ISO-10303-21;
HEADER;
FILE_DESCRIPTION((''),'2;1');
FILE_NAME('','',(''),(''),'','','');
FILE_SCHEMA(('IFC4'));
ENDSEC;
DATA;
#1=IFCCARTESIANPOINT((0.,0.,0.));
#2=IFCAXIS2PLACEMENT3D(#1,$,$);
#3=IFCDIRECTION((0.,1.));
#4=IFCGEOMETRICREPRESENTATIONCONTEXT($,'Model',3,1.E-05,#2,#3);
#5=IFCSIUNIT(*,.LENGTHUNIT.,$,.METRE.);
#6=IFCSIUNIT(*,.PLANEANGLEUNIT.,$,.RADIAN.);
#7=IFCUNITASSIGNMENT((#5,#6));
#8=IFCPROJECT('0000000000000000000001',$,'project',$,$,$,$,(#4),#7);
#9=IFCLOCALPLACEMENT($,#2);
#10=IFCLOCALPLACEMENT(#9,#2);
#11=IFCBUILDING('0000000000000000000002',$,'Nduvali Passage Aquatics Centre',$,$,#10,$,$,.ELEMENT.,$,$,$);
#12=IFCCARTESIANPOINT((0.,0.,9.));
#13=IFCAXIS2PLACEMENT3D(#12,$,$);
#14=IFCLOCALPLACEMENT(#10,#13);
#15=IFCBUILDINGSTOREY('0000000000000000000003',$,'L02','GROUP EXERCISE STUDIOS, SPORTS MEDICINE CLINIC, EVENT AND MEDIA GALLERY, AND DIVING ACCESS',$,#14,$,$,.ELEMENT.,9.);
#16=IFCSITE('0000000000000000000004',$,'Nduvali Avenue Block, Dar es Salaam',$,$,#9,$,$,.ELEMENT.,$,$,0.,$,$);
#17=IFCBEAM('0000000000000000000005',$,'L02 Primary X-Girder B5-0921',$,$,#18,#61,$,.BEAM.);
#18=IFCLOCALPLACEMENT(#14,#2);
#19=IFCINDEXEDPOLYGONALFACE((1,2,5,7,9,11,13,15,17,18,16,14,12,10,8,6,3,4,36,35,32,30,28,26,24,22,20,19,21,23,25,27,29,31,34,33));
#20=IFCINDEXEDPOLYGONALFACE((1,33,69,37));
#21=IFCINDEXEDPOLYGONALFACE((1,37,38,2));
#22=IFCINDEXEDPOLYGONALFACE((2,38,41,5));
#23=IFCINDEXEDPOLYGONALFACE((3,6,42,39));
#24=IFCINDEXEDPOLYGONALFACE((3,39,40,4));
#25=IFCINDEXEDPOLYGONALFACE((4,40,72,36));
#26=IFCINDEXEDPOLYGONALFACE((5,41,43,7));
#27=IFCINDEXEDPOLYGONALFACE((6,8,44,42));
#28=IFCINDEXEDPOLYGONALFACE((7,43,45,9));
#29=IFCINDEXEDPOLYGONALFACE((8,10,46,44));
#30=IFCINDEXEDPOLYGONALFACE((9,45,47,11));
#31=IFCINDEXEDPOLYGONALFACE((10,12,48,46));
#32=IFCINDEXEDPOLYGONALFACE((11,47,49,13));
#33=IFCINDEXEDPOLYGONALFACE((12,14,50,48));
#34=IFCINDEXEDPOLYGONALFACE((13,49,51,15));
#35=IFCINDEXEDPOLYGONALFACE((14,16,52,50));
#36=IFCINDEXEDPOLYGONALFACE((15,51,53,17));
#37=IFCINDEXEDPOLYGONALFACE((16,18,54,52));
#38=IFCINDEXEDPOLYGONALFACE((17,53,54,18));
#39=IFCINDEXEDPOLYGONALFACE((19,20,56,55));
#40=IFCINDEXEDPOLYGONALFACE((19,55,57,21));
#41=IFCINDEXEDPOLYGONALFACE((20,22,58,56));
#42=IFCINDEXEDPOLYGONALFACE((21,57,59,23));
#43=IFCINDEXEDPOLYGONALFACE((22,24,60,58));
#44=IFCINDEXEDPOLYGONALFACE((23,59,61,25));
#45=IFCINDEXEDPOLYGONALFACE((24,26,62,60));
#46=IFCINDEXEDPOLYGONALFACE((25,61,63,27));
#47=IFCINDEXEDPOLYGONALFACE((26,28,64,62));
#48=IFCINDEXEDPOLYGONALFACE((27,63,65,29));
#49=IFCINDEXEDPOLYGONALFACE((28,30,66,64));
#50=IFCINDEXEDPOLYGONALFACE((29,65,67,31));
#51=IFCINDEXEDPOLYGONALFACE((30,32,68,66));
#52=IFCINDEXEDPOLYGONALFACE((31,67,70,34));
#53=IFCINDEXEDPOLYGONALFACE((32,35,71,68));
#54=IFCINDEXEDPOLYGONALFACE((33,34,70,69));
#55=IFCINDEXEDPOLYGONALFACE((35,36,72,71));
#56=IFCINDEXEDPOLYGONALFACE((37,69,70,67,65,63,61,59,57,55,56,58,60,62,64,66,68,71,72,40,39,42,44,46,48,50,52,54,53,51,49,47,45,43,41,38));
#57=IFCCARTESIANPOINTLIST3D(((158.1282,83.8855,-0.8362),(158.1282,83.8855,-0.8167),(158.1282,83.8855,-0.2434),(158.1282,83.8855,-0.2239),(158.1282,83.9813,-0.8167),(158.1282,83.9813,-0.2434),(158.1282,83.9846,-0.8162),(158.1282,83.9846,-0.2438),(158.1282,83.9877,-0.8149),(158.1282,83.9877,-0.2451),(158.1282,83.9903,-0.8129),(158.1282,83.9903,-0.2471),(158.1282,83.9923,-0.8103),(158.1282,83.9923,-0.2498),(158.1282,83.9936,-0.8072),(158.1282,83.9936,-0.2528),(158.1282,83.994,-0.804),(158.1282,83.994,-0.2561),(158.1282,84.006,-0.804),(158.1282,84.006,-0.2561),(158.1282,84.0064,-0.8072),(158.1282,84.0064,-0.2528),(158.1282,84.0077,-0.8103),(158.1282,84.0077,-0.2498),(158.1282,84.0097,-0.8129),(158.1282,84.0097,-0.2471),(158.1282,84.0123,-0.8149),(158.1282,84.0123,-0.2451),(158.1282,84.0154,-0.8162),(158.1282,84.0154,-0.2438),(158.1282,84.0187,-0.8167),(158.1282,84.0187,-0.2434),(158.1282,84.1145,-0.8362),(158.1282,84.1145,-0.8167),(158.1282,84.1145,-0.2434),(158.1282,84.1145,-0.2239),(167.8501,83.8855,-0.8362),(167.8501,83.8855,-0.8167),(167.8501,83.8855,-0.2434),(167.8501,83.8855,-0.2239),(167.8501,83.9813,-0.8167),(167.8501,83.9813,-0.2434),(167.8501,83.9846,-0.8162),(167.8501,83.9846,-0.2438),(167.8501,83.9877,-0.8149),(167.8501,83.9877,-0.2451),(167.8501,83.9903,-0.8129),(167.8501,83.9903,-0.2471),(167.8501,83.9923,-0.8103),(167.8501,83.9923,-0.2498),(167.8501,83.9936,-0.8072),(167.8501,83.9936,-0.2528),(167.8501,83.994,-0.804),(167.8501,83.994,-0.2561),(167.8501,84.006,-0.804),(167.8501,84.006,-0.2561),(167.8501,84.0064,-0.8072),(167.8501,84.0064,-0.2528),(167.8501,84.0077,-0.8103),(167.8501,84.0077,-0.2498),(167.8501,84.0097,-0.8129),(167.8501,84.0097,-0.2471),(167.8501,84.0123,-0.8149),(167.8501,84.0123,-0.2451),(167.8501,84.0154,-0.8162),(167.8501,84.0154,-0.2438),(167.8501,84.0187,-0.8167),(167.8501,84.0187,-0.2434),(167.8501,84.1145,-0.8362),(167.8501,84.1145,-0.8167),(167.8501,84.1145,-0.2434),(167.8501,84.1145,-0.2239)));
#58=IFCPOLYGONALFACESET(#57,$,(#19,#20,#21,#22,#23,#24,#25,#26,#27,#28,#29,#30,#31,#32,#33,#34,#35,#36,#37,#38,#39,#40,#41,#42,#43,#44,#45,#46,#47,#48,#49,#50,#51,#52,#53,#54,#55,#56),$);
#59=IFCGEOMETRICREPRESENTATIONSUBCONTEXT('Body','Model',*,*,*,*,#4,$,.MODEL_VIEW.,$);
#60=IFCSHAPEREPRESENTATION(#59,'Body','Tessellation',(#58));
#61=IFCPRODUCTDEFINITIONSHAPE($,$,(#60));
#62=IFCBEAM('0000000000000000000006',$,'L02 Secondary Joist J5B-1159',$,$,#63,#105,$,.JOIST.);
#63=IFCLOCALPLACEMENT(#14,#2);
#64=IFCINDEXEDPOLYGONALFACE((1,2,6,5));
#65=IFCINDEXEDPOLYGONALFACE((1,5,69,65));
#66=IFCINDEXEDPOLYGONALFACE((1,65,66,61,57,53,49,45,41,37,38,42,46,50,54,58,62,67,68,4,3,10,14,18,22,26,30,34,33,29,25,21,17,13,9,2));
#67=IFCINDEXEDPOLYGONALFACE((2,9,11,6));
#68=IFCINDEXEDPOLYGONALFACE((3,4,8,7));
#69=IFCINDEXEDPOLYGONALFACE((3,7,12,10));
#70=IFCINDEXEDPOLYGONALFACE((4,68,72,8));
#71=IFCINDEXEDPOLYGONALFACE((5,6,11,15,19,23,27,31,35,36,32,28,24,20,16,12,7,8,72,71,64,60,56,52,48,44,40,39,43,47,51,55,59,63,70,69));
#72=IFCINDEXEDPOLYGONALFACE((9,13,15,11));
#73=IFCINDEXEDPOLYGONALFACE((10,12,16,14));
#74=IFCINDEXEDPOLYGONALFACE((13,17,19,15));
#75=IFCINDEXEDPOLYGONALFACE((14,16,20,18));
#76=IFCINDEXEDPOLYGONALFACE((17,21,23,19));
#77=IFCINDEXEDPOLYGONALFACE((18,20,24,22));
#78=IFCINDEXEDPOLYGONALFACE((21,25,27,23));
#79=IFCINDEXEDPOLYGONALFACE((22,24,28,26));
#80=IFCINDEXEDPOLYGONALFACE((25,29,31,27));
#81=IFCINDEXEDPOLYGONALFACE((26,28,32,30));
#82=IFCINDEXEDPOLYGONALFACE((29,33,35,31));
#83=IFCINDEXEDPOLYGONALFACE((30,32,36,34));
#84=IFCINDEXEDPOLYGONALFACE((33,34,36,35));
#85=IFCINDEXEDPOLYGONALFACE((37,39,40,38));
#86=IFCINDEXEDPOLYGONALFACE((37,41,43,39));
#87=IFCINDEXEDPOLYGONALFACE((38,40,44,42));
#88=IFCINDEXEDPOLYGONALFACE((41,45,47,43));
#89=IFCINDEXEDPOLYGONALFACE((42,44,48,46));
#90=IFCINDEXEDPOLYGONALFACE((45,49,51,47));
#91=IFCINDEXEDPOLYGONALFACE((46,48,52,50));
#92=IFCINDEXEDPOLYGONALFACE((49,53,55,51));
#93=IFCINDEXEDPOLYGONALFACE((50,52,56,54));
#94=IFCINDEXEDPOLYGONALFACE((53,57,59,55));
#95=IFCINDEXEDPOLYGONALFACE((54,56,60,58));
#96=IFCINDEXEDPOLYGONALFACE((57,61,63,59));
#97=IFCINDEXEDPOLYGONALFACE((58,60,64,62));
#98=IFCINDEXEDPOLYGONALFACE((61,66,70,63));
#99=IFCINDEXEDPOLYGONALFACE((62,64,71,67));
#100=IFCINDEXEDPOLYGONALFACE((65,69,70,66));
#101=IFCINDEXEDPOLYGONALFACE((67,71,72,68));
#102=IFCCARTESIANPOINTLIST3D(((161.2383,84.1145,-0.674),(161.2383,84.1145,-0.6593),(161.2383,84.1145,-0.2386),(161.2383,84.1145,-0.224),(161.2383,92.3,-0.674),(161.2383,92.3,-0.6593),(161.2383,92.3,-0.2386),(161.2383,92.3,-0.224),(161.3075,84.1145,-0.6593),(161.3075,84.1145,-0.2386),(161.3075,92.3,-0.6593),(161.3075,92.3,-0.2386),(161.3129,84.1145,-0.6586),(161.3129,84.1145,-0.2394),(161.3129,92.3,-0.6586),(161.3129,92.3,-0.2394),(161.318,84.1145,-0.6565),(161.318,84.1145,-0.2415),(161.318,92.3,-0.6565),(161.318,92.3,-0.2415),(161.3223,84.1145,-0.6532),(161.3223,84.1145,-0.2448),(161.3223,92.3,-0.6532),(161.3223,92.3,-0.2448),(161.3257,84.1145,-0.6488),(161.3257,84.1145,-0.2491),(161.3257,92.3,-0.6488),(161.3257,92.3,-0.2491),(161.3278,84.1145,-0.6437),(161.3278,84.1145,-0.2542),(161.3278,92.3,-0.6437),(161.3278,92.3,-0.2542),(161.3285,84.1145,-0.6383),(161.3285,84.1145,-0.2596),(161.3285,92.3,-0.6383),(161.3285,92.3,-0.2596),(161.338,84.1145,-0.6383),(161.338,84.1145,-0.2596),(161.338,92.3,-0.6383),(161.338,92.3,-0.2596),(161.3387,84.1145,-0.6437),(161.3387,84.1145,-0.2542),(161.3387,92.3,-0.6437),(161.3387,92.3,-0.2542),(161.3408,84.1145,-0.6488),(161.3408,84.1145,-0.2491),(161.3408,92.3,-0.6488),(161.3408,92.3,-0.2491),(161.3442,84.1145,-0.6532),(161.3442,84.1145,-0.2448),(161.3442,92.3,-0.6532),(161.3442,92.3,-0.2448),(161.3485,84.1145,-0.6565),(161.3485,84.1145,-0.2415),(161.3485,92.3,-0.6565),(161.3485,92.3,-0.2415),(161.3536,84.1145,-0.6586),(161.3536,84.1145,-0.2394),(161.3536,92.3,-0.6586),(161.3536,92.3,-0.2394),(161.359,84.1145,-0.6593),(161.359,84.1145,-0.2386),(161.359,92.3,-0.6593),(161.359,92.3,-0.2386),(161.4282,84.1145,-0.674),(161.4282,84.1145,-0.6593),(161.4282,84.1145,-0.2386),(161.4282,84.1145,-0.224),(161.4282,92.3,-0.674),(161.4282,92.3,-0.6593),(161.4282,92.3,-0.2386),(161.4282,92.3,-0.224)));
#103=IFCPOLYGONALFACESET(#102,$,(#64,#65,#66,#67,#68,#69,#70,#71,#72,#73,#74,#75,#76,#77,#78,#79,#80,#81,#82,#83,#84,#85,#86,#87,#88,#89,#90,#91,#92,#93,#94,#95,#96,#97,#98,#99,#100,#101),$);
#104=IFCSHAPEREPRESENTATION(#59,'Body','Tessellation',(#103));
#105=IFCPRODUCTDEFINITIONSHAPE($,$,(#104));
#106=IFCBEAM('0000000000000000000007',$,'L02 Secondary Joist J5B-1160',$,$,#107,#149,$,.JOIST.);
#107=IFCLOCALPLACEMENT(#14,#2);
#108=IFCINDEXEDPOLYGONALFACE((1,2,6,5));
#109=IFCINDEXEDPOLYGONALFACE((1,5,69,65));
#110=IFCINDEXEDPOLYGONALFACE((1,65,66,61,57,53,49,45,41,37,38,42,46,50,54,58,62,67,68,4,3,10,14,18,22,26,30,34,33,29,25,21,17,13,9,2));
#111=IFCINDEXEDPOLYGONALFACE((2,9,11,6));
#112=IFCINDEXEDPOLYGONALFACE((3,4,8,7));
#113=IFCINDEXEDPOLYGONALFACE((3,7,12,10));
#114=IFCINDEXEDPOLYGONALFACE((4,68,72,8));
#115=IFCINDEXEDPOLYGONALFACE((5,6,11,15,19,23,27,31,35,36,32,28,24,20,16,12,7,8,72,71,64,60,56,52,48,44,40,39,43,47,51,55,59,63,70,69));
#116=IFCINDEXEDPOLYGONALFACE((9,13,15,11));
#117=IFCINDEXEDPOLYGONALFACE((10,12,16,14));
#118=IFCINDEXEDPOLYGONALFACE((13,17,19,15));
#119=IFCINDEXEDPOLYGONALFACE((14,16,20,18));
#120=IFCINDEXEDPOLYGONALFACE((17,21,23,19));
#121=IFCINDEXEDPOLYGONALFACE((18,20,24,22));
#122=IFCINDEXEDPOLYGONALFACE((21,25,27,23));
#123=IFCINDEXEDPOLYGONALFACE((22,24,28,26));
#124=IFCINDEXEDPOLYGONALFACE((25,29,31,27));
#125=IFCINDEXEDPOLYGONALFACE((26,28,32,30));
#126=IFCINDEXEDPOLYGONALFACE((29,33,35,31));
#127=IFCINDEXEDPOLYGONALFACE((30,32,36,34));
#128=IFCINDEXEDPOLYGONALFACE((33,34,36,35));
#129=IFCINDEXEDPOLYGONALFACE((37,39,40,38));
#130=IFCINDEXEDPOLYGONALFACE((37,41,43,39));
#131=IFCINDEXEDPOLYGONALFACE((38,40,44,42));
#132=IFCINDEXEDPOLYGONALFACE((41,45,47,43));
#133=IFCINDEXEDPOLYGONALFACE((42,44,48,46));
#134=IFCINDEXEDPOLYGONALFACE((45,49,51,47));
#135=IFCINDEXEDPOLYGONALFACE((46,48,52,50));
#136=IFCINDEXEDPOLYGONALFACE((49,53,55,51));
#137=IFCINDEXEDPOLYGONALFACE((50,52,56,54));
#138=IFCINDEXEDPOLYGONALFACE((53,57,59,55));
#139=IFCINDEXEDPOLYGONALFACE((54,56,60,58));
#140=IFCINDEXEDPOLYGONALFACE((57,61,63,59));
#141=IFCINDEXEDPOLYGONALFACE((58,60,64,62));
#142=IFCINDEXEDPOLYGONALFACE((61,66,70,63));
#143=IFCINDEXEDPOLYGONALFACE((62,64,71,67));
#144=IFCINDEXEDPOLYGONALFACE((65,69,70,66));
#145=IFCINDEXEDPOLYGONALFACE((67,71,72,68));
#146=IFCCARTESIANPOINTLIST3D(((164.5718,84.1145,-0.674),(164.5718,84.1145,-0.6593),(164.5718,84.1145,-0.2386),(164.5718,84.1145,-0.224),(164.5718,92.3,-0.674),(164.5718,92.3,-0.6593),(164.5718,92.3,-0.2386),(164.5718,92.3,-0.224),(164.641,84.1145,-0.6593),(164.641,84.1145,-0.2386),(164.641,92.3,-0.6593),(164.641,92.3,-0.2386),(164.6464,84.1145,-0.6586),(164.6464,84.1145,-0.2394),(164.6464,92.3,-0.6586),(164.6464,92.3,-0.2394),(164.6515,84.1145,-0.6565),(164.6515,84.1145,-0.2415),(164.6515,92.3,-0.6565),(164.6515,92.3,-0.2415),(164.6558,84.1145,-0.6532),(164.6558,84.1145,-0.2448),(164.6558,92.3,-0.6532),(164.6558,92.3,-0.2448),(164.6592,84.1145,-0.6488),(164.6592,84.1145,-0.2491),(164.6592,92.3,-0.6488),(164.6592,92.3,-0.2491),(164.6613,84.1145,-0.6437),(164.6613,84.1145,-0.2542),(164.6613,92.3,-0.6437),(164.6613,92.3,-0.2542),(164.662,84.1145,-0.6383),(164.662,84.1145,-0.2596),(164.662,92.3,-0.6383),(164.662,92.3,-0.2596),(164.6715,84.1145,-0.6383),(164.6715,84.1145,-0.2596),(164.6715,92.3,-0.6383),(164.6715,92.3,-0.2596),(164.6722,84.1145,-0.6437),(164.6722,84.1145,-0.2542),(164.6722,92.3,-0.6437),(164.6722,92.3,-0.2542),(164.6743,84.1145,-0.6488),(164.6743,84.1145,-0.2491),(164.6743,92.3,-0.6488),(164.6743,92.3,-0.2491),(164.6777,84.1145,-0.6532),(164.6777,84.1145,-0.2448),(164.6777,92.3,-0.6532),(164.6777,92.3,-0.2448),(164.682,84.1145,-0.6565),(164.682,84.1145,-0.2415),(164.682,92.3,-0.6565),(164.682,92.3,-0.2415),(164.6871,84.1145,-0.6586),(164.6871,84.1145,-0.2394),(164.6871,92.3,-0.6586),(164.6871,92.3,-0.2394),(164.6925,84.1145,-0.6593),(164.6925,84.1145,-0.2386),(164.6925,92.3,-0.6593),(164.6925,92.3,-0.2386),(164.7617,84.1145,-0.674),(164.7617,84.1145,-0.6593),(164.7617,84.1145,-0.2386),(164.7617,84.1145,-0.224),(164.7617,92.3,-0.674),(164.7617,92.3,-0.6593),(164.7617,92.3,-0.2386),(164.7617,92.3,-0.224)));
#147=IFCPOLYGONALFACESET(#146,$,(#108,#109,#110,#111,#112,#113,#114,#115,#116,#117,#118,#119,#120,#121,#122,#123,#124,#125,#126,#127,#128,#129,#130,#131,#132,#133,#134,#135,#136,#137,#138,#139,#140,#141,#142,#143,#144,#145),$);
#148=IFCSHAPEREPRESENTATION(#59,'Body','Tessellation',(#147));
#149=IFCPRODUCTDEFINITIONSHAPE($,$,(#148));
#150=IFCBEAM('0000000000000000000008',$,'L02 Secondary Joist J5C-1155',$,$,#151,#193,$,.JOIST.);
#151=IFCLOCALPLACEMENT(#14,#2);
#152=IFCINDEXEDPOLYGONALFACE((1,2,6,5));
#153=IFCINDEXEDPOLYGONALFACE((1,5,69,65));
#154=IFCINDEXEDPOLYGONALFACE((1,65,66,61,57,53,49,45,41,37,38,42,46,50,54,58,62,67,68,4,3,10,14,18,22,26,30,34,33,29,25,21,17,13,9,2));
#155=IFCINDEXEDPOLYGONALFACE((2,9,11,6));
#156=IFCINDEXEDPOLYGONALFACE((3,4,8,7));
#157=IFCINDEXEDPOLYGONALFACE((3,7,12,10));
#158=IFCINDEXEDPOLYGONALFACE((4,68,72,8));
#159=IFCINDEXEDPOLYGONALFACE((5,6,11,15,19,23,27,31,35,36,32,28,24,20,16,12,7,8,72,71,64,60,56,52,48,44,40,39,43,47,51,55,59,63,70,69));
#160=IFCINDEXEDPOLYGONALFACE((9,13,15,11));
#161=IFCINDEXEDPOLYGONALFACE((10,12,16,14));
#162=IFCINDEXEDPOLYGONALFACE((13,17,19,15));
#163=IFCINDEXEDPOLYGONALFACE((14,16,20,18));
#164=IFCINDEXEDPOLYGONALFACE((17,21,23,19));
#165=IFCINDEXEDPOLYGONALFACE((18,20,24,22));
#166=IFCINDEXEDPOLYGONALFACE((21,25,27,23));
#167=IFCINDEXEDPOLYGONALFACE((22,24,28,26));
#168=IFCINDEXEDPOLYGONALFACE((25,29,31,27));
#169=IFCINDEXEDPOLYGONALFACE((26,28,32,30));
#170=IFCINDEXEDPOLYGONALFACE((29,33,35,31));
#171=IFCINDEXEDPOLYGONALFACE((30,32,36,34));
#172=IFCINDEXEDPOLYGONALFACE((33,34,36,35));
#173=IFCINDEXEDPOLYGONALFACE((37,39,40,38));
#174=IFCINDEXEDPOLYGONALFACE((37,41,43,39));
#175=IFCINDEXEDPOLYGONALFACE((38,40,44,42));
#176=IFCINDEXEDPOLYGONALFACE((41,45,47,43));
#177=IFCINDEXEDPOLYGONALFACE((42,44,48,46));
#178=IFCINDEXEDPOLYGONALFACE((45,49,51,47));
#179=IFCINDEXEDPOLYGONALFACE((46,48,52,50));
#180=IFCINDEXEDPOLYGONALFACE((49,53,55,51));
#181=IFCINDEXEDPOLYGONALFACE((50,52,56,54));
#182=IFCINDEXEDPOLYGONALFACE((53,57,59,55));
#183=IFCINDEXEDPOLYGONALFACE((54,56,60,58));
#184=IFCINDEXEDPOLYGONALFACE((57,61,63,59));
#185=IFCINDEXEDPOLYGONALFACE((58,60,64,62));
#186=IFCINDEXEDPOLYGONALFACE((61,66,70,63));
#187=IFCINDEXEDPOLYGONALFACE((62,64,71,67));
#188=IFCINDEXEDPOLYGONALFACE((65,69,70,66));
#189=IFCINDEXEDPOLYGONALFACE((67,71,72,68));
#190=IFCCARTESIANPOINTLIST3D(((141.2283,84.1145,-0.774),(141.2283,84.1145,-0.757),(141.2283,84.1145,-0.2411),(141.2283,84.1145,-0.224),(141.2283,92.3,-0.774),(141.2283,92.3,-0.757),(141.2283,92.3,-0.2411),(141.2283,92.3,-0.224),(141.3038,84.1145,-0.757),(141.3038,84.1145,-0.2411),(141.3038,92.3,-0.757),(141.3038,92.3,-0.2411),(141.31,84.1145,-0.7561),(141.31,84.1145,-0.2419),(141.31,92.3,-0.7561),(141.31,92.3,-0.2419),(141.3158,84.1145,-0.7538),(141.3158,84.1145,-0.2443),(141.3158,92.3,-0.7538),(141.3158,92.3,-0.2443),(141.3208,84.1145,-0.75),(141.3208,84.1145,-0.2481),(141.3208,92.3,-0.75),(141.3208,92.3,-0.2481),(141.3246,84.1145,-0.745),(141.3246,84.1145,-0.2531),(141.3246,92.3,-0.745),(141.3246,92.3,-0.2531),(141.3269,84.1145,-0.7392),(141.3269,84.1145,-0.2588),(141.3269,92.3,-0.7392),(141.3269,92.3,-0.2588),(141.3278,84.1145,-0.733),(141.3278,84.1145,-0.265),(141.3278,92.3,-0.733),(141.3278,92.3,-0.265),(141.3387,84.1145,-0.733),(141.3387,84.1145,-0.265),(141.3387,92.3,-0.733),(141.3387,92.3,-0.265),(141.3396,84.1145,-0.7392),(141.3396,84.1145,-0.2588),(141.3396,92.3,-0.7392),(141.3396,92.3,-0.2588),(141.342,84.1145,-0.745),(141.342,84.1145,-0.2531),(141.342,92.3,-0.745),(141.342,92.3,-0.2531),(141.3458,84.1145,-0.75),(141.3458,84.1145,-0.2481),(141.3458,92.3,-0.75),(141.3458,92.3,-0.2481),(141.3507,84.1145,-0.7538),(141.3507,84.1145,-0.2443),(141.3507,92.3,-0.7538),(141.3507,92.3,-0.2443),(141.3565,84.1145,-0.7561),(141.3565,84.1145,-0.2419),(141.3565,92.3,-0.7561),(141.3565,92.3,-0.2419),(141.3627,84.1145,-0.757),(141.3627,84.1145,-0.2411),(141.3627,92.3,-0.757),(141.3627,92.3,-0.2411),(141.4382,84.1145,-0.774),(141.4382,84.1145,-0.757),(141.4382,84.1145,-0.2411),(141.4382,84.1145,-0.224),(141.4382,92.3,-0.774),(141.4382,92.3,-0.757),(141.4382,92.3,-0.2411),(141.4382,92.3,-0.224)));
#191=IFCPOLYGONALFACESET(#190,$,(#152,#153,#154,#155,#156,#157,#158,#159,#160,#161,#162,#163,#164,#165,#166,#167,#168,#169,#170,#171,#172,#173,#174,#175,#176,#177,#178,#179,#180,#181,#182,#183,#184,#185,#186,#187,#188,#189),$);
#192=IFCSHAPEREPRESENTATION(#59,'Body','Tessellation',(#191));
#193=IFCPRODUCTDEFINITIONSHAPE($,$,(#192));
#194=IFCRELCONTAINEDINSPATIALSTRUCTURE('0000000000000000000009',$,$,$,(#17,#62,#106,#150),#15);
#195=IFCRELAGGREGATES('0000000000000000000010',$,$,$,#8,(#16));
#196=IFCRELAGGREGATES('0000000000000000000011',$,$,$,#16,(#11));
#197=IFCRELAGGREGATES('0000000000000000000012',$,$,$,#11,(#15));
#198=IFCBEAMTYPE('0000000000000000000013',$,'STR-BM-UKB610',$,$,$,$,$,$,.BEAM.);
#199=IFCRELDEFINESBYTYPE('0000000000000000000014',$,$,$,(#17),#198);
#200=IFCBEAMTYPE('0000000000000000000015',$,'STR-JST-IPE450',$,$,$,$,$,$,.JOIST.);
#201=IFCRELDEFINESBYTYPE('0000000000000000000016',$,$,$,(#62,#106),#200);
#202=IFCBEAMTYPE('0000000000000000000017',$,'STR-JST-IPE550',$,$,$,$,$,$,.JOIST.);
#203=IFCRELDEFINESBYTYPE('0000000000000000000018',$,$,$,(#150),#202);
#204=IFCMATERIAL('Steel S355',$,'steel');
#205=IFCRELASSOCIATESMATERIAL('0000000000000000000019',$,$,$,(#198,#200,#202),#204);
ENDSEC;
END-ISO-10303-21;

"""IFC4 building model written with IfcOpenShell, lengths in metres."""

from ifc_helpers import new_model, si_unit, direction, frame, origin, origin_2d, place, context, subcontext, project, spatial, i_section, extrude, material, material_profile, profile_set, type_object, element, save


model = new_model("IFC4")

# Units and contexts
model_context = context("Model", 3, precision=1e-05, world=origin(), true_north=direction((0.0, 1.0)))
body_context = subcontext(model_context, "Body", "Model", "MODEL_VIEW")
ifc_project = project(units=[si_unit("LENGTHUNIT", "METRE"), si_unit("PLANEANGLEUNIT", "RADIAN")], contexts=[model_context])

# Site, building, storey
site_placement = place(None, origin())
site = spatial("IfcSite", under=ifc_project, at=site_placement, Name="Nduvali Avenue Block, Dar es Salaam", CompositionType="ELEMENT", RefElevation=0.0)
building_placement = place(site_placement, origin())
building = spatial("IfcBuilding", under=site, at=building_placement, Name="Nduvali Passage Aquatics Centre", CompositionType="ELEMENT")
storey_placement = place(building_placement, frame((0.0, 0.0, 9.0)))
storey = spatial("IfcBuildingStorey", under=building, at=storey_placement, Name="L02", Description="GROUP EXERCISE STUDIOS, SPORTS MEDICINE CLINIC, EVENT AND MEDIA GALLERY, AND DIVING ACCESS", CompositionType="ELEMENT", Elevation=9.0)

# Shared definitions
ifc_material_1 = material(Name="Steel S355", Category="steel")

# Beams
ifc_material_profile_1 = material_profile(ifc_material_1, i_section(OverallWidth=0.229, OverallDepth=0.6123, WebThickness=0.012, FlangeThickness=0.0195, FilletRadius=0.0127, at=origin_2d()), Name="UKB 610x229x125")
ifc_profile_set_1 = profile_set([ifc_material_profile_1], Name="Steel S355")
beam_type_1 = type_object("IfcBeamType", Name="STR-BM-UKB610", PredefinedType="BEAM", material=ifc_profile_set_1)
beam_1_placement = place(storey_placement, frame((158.1282, 84.0, -0.53), z_axis=(1.0, 0.0, 0.0), x_axis=(0.0, 1.0, 0.0)))
element("IfcBeam", 1, at=beam_1_placement, inside=storey, type_object=beam_type_1, Name="L02 Primary X-Girder B5-0921", PredefinedType="BEAM", context=body_context, shape_type="SweptSolid", body=[
    extrude(i_section(OverallWidth=0.229, OverallDepth=0.6123, WebThickness=0.012, FlangeThickness=0.0195, FilletRadius=0.0127, at=origin_2d()), origin(), (0.0, 0.0, 1.0), 9.7219),
])
ifc_material_profile_2 = material_profile(ifc_material_1, i_section(OverallWidth=0.1899, OverallDepth=0.45, WebThickness=0.0095, FlangeThickness=0.0146, FilletRadius=0.021, at=origin_2d()), Name="IPE 450")
ifc_profile_set_2 = profile_set([ifc_material_profile_2], Name="Steel S355")
beam_type_2 = type_object("IfcBeamType", Name="STR-JST-IPE450", PredefinedType="JOIST", material=ifc_profile_set_2)
for number, where, z_axis, x_axis, name in (
    (2, (161.3333, 84.1145, -0.449), (0.0, 1.0, 0.0), (-1.0, 0.0, 0.0), "L02 Secondary Joist J5B-1159"),
    (3, (164.6667, 84.1145, -0.449), (0.0, 1.0, 0.0), (-1.0, 0.0, 0.0), "L02 Secondary Joist J5B-1160"),
):
    element("IfcBeam", number, at=place(storey_placement, frame(where, z_axis=z_axis, x_axis=x_axis)), inside=storey, type_object=beam_type_2, Name=name, PredefinedType="JOIST", context=body_context, shape_type="SweptSolid", body=[
        extrude(i_section(OverallWidth=0.1899, OverallDepth=0.45, WebThickness=0.0095, FlangeThickness=0.0146, FilletRadius=0.021, at=origin_2d()), origin(), (0.0, 0.0, 1.0), 8.1855),
    ])
ifc_material_profile_3 = material_profile(ifc_material_1, i_section(OverallWidth=0.21, OverallDepth=0.55, WebThickness=0.011, FlangeThickness=0.0171, FilletRadius=0.0239, at=origin_2d()), Name="IPE 550")
ifc_profile_set_3 = profile_set([ifc_material_profile_3], Name="Steel S355")
beam_type_3 = type_object("IfcBeamType", Name="STR-JST-IPE550", PredefinedType="JOIST", material=ifc_profile_set_3)
for number, where, z_axis, x_axis, name in (
    (4, (141.3333, 84.1145, -0.499), (0.0, 1.0, 0.0), (-1.0, 0.0, 0.0), "L02 Secondary Joist J5C-1155"),
):
    element("IfcBeam", number, at=place(storey_placement, frame(where, z_axis=z_axis, x_axis=x_axis)), inside=storey, type_object=beam_type_3, Name=name, PredefinedType="JOIST", context=body_context, shape_type="SweptSolid", body=[
        extrude(i_section(OverallWidth=0.21, OverallDepth=0.55, WebThickness=0.011, FlangeThickness=0.0171, FilletRadius=0.0239, at=origin_2d()), origin(), (0.0, 0.0, 1.0), 8.1855),
    ])

save(model, "model.ifc")
